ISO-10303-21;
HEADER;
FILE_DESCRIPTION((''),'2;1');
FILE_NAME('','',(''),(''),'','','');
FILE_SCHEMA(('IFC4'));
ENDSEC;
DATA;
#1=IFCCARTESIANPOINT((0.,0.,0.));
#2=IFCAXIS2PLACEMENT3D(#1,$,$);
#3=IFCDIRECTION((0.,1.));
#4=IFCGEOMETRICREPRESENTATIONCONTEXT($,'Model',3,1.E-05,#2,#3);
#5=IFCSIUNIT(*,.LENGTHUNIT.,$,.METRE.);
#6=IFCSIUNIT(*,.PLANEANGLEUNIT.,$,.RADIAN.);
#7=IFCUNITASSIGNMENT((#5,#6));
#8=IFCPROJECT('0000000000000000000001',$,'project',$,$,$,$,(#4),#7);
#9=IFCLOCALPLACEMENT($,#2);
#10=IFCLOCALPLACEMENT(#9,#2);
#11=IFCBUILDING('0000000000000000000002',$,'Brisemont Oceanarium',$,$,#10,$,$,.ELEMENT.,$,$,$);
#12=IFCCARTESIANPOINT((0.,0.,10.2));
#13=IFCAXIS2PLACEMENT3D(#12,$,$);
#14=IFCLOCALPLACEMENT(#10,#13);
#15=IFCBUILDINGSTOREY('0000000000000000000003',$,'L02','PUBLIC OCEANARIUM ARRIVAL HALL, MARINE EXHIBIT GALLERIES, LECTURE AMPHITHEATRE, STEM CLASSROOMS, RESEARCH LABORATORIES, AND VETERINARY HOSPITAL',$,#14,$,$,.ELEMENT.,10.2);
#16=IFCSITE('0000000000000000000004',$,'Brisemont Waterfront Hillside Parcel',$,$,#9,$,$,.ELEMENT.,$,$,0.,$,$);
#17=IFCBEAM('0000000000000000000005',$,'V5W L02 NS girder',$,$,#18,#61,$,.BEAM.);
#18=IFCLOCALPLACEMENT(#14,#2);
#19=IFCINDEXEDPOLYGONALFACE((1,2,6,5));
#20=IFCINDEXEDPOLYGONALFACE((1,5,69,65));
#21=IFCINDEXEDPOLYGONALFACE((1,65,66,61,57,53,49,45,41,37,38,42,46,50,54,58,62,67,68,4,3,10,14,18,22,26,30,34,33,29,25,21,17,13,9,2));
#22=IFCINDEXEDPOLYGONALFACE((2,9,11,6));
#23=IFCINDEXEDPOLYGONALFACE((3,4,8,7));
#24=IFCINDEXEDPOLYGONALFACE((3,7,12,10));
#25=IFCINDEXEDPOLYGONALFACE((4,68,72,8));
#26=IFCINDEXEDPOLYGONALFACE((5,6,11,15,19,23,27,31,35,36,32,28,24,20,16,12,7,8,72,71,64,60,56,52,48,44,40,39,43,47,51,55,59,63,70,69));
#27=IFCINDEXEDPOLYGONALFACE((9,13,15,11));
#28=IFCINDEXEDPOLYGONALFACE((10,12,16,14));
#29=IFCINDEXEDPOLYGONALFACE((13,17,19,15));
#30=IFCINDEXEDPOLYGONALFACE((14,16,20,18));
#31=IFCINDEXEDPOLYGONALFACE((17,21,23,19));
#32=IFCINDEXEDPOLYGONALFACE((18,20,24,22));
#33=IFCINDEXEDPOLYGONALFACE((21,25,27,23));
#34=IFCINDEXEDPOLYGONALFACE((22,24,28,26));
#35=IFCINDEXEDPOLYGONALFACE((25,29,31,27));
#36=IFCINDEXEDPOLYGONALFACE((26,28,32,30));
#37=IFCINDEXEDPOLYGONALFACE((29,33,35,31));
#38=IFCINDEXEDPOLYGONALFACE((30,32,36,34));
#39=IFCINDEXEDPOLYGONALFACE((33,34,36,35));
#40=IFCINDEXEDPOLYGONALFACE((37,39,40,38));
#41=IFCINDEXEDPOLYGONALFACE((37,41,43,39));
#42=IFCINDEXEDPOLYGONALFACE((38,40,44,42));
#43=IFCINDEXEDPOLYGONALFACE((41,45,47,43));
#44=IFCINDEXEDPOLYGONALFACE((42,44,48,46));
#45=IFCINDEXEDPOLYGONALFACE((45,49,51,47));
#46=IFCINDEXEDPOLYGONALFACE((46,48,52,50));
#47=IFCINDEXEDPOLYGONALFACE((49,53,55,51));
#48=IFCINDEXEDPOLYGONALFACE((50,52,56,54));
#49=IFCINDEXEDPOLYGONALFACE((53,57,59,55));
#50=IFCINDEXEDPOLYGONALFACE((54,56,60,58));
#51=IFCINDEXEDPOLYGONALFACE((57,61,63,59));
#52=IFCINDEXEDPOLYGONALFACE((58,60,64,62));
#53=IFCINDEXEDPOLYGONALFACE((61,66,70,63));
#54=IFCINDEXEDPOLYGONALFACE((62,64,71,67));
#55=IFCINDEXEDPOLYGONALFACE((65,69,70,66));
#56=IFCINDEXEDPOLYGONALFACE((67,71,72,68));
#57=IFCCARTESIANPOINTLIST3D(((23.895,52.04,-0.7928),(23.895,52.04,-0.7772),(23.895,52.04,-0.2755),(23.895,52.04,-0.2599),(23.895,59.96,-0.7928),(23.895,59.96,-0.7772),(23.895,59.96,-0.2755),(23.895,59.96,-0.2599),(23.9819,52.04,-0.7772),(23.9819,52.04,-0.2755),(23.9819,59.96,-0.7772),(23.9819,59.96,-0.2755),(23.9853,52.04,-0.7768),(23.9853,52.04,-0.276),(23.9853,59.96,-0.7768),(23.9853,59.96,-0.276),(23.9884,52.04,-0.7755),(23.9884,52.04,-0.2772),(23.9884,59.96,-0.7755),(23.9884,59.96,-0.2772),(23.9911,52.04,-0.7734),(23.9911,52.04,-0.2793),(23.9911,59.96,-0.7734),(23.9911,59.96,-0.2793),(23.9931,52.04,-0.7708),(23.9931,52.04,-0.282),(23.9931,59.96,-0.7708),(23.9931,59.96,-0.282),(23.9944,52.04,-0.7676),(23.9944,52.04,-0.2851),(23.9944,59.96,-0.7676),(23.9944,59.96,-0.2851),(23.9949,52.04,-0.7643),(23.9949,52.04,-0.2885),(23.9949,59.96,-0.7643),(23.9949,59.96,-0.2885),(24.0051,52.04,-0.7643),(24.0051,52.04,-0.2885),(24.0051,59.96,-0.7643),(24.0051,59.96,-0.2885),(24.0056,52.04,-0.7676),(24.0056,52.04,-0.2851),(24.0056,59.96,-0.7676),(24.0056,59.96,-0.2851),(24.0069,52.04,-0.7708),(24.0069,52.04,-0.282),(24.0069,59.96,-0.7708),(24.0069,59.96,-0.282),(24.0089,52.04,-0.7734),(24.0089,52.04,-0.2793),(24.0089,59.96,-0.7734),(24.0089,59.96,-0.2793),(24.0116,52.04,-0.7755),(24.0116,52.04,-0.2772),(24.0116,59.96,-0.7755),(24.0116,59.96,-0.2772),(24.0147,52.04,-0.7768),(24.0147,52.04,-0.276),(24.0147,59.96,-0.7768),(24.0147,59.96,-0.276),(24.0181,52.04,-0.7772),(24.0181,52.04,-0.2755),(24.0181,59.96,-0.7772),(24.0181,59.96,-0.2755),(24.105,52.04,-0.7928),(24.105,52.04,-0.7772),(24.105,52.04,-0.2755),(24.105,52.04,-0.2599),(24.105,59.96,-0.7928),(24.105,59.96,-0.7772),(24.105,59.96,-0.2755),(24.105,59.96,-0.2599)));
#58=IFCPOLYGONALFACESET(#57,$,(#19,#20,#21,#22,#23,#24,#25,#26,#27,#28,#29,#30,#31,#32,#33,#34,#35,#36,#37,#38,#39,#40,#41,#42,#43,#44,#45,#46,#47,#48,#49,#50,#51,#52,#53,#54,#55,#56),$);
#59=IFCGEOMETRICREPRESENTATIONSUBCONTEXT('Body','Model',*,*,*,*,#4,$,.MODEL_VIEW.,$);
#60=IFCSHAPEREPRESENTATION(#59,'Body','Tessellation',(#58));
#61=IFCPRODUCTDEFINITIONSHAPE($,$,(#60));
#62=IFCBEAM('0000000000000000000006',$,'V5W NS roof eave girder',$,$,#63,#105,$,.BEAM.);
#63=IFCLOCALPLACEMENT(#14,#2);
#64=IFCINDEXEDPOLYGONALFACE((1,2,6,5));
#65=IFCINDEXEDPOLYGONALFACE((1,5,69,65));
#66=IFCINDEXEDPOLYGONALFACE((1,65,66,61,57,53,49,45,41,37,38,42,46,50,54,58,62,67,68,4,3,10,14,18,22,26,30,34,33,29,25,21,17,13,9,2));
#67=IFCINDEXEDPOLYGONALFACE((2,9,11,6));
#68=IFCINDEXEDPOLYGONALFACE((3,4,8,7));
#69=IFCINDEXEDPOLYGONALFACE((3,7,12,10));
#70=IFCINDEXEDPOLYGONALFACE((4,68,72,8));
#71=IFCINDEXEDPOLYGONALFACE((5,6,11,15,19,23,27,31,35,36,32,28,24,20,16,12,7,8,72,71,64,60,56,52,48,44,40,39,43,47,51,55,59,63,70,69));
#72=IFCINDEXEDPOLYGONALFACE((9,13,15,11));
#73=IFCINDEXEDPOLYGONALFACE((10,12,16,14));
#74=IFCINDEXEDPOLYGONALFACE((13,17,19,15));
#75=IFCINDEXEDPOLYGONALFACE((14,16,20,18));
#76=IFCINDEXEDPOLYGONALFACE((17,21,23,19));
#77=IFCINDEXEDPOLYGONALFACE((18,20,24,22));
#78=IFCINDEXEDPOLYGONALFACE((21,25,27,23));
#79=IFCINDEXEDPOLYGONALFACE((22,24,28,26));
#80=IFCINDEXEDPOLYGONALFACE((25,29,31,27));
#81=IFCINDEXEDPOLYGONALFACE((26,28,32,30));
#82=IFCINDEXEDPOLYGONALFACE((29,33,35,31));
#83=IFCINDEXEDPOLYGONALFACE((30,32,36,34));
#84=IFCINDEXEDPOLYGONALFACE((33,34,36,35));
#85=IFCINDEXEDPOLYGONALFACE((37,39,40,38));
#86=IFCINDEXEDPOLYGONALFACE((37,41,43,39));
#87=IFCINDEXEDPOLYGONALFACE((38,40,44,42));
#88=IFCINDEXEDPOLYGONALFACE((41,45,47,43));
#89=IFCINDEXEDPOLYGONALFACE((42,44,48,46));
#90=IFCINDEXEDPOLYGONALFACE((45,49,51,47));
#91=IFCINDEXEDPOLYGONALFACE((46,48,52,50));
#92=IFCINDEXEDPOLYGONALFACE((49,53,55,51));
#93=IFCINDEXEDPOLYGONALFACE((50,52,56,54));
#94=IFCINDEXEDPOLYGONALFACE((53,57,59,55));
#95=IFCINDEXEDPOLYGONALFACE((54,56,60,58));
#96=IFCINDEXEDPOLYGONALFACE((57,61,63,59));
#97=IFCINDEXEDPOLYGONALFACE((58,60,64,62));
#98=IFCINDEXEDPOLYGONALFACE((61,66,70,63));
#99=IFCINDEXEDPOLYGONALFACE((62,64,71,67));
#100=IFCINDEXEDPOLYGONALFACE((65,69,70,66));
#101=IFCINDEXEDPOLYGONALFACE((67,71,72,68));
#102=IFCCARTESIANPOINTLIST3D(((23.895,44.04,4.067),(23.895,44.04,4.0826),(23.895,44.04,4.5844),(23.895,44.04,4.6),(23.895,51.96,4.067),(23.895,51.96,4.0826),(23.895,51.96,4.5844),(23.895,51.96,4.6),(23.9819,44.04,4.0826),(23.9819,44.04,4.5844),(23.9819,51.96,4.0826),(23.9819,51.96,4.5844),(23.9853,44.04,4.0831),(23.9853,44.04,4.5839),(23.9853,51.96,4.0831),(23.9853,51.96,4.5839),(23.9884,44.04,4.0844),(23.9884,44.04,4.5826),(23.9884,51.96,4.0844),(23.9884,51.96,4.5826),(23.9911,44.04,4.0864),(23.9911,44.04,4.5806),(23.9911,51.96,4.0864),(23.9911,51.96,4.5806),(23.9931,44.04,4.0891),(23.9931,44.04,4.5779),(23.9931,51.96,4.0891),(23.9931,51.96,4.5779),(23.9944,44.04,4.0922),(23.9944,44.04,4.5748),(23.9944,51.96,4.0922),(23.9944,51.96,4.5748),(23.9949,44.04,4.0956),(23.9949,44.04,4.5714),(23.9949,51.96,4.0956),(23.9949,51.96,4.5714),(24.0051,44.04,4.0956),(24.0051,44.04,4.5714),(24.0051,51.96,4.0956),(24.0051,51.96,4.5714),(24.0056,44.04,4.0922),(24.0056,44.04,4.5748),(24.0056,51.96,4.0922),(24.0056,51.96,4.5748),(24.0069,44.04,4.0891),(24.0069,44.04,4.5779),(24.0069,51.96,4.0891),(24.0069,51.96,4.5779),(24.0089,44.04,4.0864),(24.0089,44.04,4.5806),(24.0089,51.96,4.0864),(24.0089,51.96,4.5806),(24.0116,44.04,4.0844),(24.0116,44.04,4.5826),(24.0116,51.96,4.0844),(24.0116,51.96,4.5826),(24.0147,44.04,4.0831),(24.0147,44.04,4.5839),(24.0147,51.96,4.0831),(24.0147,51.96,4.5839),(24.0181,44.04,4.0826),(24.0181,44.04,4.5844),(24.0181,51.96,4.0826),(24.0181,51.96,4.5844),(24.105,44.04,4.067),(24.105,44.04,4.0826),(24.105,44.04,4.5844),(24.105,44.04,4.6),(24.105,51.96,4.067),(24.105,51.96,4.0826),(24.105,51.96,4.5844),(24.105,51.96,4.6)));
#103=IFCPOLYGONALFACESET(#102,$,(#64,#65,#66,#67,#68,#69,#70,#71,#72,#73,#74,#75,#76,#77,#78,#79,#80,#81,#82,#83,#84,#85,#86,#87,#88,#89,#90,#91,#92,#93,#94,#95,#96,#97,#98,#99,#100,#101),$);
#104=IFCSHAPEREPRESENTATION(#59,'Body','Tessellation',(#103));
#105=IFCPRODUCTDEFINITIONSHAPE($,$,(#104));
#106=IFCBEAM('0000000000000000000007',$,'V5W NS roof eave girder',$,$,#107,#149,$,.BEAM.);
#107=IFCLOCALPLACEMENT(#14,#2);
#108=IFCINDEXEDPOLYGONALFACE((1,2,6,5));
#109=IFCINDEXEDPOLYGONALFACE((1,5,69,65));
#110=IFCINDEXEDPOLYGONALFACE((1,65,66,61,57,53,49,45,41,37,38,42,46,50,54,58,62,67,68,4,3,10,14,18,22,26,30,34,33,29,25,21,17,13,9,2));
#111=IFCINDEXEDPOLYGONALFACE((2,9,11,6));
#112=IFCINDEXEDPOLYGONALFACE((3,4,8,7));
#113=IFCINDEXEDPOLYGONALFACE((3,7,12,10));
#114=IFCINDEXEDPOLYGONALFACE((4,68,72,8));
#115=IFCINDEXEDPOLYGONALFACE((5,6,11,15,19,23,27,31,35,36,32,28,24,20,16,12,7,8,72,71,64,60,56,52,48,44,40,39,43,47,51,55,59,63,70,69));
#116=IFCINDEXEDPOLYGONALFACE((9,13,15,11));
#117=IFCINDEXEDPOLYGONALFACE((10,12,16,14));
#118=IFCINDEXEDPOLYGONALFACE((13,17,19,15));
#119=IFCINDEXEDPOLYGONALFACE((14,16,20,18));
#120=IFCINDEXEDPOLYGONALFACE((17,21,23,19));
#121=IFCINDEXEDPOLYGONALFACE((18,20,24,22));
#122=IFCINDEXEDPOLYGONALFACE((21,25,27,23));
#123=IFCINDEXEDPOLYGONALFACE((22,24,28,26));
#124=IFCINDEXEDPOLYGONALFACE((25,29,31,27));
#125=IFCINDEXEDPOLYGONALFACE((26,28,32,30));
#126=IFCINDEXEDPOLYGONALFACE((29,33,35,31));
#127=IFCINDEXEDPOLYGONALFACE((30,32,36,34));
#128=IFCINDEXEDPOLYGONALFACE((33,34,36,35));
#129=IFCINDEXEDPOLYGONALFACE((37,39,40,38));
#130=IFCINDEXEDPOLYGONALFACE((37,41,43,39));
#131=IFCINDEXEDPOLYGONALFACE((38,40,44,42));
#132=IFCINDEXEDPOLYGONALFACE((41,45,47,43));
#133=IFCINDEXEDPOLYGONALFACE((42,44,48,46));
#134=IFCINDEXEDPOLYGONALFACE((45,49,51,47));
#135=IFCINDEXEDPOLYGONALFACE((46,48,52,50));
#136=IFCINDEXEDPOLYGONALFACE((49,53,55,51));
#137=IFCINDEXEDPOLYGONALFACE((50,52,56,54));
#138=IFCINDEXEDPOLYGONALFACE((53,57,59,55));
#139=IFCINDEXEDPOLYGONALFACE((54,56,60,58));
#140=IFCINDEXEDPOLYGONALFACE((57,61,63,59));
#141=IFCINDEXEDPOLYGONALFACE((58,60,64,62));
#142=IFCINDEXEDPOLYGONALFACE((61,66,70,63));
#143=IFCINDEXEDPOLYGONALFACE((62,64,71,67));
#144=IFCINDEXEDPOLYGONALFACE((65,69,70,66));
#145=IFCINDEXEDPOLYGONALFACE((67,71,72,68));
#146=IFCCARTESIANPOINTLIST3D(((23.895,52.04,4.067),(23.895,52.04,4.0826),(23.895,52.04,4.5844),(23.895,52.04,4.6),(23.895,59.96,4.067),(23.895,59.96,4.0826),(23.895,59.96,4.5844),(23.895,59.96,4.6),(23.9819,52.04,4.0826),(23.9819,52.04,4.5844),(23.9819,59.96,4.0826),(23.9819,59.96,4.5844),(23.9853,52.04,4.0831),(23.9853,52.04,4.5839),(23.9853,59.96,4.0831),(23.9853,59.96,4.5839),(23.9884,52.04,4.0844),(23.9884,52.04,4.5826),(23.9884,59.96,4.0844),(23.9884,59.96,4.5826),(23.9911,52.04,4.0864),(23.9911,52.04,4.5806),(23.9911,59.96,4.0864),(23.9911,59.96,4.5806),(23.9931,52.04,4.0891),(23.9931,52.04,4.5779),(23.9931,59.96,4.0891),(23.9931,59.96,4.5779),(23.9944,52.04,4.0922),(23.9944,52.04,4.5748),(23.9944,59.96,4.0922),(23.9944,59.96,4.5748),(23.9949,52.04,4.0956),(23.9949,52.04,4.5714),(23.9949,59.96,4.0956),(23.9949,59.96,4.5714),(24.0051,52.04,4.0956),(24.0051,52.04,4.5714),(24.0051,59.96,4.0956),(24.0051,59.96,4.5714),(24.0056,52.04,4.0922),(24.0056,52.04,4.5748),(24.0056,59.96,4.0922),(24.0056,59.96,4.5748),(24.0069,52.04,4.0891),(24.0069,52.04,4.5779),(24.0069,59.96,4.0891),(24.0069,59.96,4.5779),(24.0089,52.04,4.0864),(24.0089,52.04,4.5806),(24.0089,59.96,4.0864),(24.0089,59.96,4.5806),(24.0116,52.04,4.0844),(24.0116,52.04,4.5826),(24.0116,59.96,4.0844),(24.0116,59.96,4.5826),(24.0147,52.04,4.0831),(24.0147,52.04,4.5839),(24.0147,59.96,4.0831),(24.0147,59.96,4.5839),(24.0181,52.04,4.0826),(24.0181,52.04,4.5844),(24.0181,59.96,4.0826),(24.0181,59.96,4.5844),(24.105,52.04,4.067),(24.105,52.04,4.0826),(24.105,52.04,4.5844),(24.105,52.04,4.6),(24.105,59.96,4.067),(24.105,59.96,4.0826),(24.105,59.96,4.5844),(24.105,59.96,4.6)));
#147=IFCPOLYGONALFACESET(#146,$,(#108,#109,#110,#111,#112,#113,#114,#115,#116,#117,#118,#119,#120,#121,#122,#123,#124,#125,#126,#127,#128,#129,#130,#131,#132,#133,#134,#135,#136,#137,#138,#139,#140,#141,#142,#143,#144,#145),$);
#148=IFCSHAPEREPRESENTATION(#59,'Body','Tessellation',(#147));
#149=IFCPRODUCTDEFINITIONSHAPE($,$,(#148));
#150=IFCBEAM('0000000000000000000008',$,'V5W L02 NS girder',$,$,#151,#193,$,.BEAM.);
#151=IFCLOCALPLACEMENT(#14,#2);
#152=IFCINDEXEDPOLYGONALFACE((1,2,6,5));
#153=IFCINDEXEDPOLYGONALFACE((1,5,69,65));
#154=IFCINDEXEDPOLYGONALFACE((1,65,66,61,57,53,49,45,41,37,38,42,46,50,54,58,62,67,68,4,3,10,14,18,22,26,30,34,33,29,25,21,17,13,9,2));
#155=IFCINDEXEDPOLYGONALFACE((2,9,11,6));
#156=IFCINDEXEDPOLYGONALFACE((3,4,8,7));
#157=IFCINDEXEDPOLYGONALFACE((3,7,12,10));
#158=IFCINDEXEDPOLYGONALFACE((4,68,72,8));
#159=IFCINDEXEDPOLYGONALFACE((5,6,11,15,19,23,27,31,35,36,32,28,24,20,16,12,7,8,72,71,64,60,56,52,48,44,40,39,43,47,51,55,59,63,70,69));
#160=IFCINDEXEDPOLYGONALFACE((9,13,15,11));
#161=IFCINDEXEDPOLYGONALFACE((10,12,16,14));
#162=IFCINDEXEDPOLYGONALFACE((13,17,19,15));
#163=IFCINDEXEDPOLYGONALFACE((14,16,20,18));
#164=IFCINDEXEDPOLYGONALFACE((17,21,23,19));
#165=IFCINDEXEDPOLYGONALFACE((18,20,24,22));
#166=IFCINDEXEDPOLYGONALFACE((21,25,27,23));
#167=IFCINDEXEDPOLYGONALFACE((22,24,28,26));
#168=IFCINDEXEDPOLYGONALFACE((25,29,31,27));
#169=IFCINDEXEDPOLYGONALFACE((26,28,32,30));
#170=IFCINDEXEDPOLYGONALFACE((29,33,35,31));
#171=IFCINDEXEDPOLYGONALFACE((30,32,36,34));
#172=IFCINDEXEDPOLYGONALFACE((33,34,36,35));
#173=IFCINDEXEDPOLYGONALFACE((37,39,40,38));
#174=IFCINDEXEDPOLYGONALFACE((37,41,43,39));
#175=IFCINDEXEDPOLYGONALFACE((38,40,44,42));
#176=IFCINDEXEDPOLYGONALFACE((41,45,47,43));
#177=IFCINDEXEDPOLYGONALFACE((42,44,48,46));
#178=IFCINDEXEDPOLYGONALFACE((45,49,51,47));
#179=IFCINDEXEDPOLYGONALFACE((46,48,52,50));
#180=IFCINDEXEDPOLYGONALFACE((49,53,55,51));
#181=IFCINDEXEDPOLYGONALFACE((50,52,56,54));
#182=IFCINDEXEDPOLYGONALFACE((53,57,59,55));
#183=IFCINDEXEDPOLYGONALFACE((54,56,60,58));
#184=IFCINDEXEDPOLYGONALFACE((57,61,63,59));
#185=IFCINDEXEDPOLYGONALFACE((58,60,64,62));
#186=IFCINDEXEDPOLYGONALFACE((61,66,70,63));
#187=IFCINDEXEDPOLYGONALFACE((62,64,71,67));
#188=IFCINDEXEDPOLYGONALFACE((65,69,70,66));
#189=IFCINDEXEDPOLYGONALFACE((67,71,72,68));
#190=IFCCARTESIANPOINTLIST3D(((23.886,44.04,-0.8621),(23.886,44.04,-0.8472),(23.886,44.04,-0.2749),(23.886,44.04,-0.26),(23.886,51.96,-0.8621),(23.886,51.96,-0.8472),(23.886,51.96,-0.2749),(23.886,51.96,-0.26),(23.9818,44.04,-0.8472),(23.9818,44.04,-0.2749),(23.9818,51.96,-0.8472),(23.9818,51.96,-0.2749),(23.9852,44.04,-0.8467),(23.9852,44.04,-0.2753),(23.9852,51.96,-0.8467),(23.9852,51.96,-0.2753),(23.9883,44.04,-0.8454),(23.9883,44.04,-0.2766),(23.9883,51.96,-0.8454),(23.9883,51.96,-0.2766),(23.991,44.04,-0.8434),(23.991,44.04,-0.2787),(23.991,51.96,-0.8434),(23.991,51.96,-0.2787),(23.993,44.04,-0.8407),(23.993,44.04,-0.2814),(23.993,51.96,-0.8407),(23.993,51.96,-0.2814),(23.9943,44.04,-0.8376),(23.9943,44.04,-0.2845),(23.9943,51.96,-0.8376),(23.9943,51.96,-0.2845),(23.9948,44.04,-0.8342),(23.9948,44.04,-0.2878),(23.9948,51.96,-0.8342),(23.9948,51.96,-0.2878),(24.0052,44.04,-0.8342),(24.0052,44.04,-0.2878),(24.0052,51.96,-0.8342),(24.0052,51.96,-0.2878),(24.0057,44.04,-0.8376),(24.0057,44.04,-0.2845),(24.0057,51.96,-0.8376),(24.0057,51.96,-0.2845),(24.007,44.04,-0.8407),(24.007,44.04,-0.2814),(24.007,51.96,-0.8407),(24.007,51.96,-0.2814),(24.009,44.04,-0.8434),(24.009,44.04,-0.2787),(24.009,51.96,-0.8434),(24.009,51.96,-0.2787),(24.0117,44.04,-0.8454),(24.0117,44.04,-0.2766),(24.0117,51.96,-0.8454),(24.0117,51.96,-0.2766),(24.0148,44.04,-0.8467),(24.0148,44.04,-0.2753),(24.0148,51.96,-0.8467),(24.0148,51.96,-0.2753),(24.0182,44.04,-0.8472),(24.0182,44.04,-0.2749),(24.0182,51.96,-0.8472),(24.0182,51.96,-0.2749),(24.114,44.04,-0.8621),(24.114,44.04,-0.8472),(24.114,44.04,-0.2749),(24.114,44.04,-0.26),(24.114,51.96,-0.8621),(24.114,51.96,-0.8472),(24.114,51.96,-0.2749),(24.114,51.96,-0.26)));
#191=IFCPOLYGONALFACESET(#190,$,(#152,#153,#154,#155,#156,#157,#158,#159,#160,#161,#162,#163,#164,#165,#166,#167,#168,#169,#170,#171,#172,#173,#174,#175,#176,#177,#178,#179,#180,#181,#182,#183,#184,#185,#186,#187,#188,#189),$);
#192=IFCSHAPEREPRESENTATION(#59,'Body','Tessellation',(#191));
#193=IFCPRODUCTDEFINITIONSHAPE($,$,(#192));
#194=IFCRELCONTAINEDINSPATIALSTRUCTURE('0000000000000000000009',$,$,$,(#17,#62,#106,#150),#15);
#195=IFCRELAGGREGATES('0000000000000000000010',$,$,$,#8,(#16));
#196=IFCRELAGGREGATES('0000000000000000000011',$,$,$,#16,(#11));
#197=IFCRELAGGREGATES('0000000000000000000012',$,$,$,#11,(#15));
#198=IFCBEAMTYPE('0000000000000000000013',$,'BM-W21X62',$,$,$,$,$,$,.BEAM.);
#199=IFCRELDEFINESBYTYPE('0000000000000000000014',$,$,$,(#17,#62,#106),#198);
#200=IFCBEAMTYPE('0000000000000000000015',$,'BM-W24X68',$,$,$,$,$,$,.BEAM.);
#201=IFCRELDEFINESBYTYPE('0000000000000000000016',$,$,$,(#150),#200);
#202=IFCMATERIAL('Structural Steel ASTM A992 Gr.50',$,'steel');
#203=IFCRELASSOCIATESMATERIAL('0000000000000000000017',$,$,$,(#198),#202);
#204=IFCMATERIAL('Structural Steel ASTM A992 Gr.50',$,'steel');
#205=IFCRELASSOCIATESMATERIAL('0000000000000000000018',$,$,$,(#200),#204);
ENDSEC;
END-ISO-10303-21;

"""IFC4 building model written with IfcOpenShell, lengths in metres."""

from ifc_helpers import new_model, si_unit, direction, frame, origin, origin_2d, place, context, subcontext, project, spatial, i_section, extrude, material, material_profile, profile_set, type_object, element, save


model = new_model("IFC4")

# Units and contexts
model_context = context("Model", 3, precision=1e-05, world=origin(), true_north=direction((0.0, 1.0)))
body_context = subcontext(model_context, "Body", "Model", "MODEL_VIEW")
ifc_project = project(units=[si_unit("LENGTHUNIT", "METRE"), si_unit("PLANEANGLEUNIT", "RADIAN")], contexts=[model_context])

# Site, building, storey
site_placement = place(None, origin())
site = spatial("IfcSite", under=ifc_project, at=site_placement, Name="Brisemont Waterfront Hillside Parcel", CompositionType="ELEMENT", RefElevation=0.0)
building_placement = place(site_placement, origin())
building = spatial("IfcBuilding", under=site, at=building_placement, Name="Brisemont Oceanarium", CompositionType="ELEMENT")
storey_placement = place(building_placement, frame((0.0, 0.0, 10.2)))
storey = spatial("IfcBuildingStorey", under=building, at=storey_placement, Name="L02", Description="PUBLIC OCEANARIUM ARRIVAL HALL, MARINE EXHIBIT GALLERIES, LECTURE AMPHITHEATRE, STEM CLASSROOMS, RESEARCH LABORATORIES, AND VETERINARY HOSPITAL", CompositionType="ELEMENT", Elevation=10.2)

# Beams
ifc_material_1 = material(Name="Structural Steel ASTM A992 Gr.50", Category="steel")
ifc_material_profile_1 = material_profile(ifc_material_1, i_section(OverallWidth=0.21, OverallDepth=0.533, WebThickness=0.0103, FlangeThickness=0.0156, FilletRadius=0.0129, at=origin_2d()), Name="W21X62")
ifc_profile_set_1 = profile_set([ifc_material_profile_1], Name="Structural Steel ASTM A992 Gr.50")
beam_type_1 = type_object("IfcBeamType", Name="BM-W21X62", PredefinedType="BEAM", material=ifc_profile_set_1)
for number, where, z_axis, x_axis, name in (
    (1, (24.0, 52.04, -0.5264), (0.0, 1.0, 0.0), (-1.0, 0.0, 0.0), "V5W L02 NS girder"),
    (2, (24.0, 44.04, 4.3335), (0.0, 1.0, 0.0), (-1.0, 0.0, 0.0), "V5W NS roof eave girder"),
    (3, (24.0, 52.04, 4.3335), (0.0, 1.0, 0.0), (-1.0, 0.0, 0.0), "V5W NS roof eave girder"),
):
    element("IfcBeam", number, at=place(storey_placement, frame(where, z_axis=z_axis, x_axis=x_axis)), inside=storey, type_object=beam_type_1, Name=name, PredefinedType="BEAM", context=body_context, shape_type="SweptSolid", body=[
        extrude(i_section(OverallWidth=0.21, OverallDepth=0.533, WebThickness=0.0103, FlangeThickness=0.0156, FilletRadius=0.0129, at=origin_2d()), origin(), (0.0, 0.0, 1.0), 7.9199),
    ])
ifc_material_2 = material(Name="Structural Steel ASTM A992 Gr.50", Category="steel")
ifc_material_profile_2 = material_profile(ifc_material_2, i_section(OverallWidth=0.228, OverallDepth=0.6021, WebThickness=0.0105, FlangeThickness=0.0149, FilletRadius=0.0129, at=origin_2d()), Name="W24X68")
ifc_profile_set_2 = profile_set([ifc_material_profile_2], Name="Structural Steel ASTM A992 Gr.50")
beam_type_2 = type_object("IfcBeamType", Name="BM-W24X68", PredefinedType="BEAM", material=ifc_profile_set_2)
beam_1_placement = place(storey_placement, frame((24.0, 44.04, -0.561), z_axis=(0.0, 1.0, 0.0), x_axis=(-1.0, 0.0, 0.0)))
element("IfcBeam", 4, at=beam_1_placement, inside=storey, type_object=beam_type_2, Name="V5W L02 NS girder", PredefinedType="BEAM", context=body_context, shape_type="SweptSolid", body=[
    extrude(i_section(OverallWidth=0.228, OverallDepth=0.6021, WebThickness=0.0105, FlangeThickness=0.0149, FilletRadius=0.0129, at=origin_2d()), origin(), (0.0, 0.0, 1.0), 7.9199),
])

save(model, "model.ifc")
